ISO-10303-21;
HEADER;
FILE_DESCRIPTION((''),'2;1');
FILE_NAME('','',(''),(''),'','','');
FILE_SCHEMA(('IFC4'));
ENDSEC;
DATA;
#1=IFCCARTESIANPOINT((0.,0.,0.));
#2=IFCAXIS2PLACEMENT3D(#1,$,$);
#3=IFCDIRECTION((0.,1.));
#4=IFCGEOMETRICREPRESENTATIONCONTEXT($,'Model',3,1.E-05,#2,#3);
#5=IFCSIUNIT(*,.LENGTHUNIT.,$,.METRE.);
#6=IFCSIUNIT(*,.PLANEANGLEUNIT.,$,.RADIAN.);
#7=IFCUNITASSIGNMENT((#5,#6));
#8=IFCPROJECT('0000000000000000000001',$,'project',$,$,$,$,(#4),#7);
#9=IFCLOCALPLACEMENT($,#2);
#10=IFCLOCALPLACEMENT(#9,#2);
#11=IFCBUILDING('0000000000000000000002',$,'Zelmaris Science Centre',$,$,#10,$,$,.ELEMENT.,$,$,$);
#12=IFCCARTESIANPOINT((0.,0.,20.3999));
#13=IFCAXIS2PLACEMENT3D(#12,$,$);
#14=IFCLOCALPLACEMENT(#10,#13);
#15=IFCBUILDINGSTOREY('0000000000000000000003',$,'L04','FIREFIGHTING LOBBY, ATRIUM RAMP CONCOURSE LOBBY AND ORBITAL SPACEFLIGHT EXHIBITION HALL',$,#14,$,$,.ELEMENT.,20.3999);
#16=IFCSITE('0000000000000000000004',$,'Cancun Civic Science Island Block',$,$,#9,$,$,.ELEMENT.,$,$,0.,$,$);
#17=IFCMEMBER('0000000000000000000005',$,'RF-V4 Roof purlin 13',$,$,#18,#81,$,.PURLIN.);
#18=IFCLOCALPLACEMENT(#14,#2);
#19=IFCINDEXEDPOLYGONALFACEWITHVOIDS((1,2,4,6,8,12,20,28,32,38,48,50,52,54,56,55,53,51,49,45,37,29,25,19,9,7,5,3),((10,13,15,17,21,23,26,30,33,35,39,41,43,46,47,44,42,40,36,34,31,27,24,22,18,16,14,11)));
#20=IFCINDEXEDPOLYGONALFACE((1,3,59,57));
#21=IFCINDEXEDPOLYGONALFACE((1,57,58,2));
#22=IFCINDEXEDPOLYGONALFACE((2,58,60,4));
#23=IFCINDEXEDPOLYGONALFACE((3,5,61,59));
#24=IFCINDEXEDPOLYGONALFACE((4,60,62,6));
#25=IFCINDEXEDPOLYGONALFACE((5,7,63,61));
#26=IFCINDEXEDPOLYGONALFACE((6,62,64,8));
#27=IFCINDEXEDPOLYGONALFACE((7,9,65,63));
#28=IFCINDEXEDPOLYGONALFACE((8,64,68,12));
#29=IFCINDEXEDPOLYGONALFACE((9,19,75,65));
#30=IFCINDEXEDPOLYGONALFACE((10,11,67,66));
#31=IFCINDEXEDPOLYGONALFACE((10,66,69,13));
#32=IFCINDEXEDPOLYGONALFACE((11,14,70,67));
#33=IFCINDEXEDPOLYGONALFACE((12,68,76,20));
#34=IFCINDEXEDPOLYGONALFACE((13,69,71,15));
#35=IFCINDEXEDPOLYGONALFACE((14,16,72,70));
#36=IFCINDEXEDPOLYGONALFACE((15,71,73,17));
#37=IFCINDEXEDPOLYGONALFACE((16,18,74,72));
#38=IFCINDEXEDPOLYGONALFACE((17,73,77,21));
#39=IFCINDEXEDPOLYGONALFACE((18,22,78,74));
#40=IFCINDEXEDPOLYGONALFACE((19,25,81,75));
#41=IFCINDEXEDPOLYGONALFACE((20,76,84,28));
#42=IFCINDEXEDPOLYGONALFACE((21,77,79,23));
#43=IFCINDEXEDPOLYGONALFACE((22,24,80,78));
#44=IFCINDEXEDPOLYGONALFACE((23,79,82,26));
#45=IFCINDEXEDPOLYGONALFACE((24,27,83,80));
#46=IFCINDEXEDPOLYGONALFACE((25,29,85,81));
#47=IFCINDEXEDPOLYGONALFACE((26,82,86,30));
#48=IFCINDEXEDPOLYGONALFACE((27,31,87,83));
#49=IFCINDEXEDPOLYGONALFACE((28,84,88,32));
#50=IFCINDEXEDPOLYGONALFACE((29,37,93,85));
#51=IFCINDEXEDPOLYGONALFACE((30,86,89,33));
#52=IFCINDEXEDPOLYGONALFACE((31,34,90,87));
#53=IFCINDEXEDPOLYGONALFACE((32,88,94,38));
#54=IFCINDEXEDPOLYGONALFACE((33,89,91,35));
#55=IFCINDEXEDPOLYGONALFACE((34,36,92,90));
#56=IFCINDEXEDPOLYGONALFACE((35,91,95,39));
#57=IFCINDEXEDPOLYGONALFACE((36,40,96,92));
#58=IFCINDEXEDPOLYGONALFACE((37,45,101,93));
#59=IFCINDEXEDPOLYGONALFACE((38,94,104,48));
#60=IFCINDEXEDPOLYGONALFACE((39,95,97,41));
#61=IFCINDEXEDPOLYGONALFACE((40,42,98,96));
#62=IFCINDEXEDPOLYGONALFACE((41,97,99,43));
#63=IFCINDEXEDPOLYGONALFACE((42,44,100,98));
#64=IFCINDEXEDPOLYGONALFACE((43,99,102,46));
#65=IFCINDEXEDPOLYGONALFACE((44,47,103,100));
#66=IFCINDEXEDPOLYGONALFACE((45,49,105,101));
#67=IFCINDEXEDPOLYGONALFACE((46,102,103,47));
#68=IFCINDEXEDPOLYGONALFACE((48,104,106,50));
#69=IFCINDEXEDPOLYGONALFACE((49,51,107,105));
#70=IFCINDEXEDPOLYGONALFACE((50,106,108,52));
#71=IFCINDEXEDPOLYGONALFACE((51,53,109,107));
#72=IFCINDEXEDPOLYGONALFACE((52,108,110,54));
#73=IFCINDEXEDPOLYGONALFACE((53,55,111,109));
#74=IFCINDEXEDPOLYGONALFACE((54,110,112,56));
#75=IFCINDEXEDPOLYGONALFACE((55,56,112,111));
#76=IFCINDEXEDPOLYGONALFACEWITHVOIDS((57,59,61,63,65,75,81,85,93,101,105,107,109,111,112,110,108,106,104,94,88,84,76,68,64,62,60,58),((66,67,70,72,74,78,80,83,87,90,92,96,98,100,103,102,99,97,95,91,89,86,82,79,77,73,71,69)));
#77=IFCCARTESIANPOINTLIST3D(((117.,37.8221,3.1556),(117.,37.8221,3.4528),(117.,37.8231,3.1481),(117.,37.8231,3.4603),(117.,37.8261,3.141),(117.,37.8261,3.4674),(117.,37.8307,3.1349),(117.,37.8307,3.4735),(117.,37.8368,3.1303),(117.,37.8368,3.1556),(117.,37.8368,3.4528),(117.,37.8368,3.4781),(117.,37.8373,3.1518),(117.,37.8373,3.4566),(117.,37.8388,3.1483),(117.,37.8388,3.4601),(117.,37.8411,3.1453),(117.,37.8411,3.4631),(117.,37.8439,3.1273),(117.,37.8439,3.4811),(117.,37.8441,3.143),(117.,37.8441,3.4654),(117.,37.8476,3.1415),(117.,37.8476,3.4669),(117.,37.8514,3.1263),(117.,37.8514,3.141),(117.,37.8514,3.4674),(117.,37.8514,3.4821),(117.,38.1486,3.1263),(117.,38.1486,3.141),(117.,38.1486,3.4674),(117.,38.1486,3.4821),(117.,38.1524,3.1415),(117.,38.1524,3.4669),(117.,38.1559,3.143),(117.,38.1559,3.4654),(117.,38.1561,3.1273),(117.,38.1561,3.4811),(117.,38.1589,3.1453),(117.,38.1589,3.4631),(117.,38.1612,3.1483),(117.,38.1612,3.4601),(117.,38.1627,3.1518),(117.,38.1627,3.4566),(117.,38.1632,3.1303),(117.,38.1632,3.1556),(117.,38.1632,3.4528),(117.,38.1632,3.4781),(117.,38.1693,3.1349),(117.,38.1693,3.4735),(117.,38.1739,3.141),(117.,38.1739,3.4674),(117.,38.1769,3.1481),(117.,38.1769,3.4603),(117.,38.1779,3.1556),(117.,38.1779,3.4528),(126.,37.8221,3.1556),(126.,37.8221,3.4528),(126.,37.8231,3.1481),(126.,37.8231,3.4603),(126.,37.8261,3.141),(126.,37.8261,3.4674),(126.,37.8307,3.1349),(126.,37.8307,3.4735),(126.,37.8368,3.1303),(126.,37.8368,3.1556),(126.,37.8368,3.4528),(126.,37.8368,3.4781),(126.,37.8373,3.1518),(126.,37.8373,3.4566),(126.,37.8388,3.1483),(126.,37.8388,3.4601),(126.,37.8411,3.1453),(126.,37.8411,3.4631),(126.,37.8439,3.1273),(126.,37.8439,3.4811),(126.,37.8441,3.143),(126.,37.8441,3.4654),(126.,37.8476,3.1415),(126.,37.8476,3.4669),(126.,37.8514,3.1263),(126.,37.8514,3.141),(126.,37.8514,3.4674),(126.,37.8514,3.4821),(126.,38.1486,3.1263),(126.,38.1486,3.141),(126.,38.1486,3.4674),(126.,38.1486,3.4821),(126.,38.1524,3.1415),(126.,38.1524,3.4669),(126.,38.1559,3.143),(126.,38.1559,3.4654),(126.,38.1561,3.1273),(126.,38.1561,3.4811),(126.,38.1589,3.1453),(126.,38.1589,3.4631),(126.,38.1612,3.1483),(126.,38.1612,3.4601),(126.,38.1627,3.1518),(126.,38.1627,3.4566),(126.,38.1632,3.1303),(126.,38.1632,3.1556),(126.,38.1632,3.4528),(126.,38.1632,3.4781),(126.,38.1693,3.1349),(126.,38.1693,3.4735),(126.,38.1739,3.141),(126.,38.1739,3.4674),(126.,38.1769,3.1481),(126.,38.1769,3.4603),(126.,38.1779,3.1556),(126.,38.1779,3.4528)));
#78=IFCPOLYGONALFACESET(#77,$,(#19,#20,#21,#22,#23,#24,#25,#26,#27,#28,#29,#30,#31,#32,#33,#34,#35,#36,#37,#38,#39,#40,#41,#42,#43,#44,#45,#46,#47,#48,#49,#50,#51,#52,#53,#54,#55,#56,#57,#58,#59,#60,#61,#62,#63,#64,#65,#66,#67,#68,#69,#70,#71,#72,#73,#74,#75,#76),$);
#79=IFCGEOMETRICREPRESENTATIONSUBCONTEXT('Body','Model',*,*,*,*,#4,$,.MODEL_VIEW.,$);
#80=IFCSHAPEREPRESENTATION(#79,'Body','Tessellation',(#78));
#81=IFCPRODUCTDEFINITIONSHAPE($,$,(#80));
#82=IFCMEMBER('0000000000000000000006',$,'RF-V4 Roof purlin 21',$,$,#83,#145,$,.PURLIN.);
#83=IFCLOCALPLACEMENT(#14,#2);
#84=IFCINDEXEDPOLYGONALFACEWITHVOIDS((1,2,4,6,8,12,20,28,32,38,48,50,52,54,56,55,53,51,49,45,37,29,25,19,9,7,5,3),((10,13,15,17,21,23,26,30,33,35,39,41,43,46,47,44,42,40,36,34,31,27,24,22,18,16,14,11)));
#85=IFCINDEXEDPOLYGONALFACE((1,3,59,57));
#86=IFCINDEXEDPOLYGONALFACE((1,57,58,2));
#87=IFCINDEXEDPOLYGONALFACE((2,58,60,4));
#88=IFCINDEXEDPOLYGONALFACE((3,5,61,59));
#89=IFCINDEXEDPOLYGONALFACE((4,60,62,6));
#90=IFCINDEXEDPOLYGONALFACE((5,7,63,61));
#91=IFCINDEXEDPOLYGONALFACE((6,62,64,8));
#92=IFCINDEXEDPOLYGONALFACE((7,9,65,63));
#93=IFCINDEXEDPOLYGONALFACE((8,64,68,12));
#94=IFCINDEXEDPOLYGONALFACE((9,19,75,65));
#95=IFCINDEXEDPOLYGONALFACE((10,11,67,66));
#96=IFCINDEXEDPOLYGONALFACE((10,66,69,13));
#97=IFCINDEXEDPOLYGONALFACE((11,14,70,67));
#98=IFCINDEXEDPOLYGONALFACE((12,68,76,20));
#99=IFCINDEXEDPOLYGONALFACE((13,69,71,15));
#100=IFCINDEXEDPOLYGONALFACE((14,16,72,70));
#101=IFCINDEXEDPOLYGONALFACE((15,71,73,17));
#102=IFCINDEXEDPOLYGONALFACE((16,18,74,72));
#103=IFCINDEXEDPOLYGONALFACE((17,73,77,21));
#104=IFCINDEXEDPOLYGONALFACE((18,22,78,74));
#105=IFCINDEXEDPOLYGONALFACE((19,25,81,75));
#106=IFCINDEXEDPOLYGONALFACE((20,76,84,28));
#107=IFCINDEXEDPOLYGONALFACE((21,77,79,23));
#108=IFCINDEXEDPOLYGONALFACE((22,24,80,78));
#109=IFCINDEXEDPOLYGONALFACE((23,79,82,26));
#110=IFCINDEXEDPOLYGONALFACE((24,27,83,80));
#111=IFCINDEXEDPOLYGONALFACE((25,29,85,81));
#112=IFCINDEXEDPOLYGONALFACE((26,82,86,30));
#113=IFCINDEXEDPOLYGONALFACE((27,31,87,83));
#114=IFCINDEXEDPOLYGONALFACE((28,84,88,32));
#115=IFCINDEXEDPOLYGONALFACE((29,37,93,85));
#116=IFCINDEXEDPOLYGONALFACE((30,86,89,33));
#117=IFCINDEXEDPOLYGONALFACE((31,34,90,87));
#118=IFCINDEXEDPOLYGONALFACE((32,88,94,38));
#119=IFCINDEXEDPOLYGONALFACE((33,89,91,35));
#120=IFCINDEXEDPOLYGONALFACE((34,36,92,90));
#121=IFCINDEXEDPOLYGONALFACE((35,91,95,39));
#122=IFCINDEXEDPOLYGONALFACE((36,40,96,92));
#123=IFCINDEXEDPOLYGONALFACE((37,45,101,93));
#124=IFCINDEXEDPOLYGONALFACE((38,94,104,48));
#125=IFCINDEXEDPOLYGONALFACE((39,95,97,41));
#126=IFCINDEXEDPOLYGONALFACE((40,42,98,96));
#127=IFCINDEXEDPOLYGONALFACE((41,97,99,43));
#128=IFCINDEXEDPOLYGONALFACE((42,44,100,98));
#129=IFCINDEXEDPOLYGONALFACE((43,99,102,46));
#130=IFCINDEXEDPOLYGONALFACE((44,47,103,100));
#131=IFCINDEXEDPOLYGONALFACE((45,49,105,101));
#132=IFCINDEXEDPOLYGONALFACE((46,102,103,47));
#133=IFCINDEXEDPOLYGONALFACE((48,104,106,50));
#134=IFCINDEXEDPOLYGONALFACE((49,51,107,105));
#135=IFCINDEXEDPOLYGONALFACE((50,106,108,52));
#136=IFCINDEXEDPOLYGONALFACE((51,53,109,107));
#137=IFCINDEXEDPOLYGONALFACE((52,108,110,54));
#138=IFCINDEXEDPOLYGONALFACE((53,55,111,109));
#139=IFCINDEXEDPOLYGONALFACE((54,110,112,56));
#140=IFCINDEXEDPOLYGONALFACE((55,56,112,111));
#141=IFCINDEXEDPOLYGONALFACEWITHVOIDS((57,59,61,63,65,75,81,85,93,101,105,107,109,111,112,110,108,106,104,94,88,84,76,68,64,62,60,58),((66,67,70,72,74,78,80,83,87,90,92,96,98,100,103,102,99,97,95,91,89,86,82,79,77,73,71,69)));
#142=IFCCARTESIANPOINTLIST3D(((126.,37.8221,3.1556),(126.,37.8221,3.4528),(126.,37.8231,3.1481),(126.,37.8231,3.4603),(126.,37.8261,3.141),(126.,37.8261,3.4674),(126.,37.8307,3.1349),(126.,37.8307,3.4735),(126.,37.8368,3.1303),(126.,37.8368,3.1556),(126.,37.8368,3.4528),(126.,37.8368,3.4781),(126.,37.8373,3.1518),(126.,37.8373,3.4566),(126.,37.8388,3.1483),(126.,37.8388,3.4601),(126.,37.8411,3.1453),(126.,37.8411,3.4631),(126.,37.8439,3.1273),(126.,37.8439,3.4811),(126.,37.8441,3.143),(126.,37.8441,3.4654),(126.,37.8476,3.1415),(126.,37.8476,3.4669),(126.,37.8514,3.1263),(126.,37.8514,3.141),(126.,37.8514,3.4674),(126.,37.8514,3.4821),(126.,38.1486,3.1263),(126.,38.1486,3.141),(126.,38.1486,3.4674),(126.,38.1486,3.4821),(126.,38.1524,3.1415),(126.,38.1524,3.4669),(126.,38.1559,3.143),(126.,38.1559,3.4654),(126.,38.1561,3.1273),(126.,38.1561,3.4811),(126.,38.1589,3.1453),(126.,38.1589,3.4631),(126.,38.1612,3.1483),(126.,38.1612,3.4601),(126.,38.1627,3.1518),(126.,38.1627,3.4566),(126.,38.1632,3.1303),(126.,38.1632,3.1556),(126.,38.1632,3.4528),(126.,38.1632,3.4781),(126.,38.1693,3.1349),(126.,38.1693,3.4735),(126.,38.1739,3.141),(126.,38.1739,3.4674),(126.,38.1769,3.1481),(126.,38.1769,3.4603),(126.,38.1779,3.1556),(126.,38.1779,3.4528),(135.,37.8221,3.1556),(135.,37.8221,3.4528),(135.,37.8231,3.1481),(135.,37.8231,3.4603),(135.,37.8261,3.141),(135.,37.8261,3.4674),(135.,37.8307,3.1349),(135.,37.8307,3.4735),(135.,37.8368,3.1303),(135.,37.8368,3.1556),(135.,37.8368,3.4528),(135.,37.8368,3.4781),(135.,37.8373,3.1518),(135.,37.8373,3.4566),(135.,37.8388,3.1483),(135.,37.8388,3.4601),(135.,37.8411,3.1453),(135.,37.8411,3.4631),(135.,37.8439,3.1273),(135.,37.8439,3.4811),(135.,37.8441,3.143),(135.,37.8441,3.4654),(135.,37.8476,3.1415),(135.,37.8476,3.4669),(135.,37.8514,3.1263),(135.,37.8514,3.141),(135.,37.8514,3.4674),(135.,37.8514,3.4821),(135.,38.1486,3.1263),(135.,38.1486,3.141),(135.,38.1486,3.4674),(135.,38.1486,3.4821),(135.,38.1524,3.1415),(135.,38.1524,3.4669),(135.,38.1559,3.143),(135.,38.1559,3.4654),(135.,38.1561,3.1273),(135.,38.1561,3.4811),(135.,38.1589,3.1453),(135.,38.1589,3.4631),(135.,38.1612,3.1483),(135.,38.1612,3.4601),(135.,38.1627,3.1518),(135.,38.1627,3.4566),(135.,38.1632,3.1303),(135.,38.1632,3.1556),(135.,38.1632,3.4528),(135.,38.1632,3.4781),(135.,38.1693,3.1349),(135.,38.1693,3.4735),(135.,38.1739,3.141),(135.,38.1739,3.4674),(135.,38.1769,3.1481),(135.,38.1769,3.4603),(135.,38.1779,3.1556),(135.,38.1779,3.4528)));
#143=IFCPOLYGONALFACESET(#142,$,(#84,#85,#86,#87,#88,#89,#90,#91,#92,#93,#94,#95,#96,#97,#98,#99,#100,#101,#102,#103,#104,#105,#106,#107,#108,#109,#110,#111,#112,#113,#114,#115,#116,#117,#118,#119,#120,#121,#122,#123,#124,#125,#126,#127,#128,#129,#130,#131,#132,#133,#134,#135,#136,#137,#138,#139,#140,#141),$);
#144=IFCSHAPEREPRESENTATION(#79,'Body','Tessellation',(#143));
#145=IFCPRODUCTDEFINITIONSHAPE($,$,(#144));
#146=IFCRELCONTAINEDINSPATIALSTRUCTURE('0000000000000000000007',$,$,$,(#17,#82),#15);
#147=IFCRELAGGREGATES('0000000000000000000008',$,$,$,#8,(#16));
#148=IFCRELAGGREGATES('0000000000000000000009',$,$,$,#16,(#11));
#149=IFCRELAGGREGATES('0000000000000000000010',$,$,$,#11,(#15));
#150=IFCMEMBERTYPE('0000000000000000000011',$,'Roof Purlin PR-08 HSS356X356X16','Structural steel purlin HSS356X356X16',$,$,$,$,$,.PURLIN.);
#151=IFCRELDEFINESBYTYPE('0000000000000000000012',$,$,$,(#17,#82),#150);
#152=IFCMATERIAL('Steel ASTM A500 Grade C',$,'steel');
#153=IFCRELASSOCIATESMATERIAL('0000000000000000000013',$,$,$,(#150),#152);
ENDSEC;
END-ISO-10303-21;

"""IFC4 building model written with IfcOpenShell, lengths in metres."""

from ifc_helpers import new_model, si_unit, direction, frame, origin, origin_2d, place, context, subcontext, project, spatial, hollow_rectangle, extrude, material, material_profile, profile_set, type_object, element, save


model = new_model("IFC4")

# Units and contexts
model_context = context("Model", 3, precision=1e-05, world=origin(), true_north=direction((0.0, 1.0)))
body_context = subcontext(model_context, "Body", "Model", "MODEL_VIEW")
ifc_project = project(units=[si_unit("LENGTHUNIT", "METRE"), si_unit("PLANEANGLEUNIT", "RADIAN")], contexts=[model_context])

# Site, building, storey
site_placement = place(None, origin())
site = spatial("IfcSite", under=ifc_project, at=site_placement, Name="Cancun Civic Science Island Block", CompositionType="ELEMENT", RefElevation=0.0)
building_placement = place(site_placement, origin())
building = spatial("IfcBuilding", under=site, at=building_placement, Name="Zelmaris Science Centre", CompositionType="ELEMENT")
storey_placement = place(building_placement, frame((0.0, 0.0, 20.3999)))
storey = spatial("IfcBuildingStorey", under=building, at=storey_placement, Name="L04", Description="FIREFIGHTING LOBBY, ATRIUM RAMP CONCOURSE LOBBY AND ORBITAL SPACEFLIGHT EXHIBITION HALL", CompositionType="ELEMENT", Elevation=20.3999)

# Members
ifc_material = material(Name="Steel ASTM A500 Grade C", Category="steel")
ifc_material_profile_1 = material_profile(ifc_material, hollow_rectangle(XDim=0.3557, YDim=0.3557, WallThickness=0.0146, InnerFilletRadius=0.0146, OuterFilletRadius=0.0293, at=origin_2d()), Name="HSS356X356X16")
ifc_profile_set_1 = profile_set([ifc_material_profile_1], Name="Steel ASTM A500 Grade C")
member_type_1 = type_object("IfcMemberType", Name="Roof Purlin PR-08 HSS356X356X16", Description="Structural steel purlin HSS356X356X16", PredefinedType="PURLIN", material=ifc_profile_set_1)
for number, where, z_axis, x_axis, name in (
    (1, (117.0, 38.0, 3.3042), (1.0, 0.0, 0.0), (0.0, 1.0, 0.0), "RF-V4 Roof purlin 13"),
    (2, (126.0, 38.0, 3.3042), (1.0, 0.0, 0.0), (0.0, 1.0, 0.0), "RF-V4 Roof purlin 21"),
):
    element("IfcMember", number, at=place(storey_placement, frame(where, z_axis=z_axis, x_axis=x_axis)), inside=storey, type_object=member_type_1, Name=name, PredefinedType="PURLIN", context=body_context, shape_type="SweptSolid", body=[
        extrude(hollow_rectangle(XDim=0.3557, YDim=0.3557, WallThickness=0.0146, InnerFilletRadius=0.0146, OuterFilletRadius=0.0293, at=origin_2d()), origin(), (0.0, 0.0, 1.0), 9.0),
    ])

save(model, "model.ifc")
